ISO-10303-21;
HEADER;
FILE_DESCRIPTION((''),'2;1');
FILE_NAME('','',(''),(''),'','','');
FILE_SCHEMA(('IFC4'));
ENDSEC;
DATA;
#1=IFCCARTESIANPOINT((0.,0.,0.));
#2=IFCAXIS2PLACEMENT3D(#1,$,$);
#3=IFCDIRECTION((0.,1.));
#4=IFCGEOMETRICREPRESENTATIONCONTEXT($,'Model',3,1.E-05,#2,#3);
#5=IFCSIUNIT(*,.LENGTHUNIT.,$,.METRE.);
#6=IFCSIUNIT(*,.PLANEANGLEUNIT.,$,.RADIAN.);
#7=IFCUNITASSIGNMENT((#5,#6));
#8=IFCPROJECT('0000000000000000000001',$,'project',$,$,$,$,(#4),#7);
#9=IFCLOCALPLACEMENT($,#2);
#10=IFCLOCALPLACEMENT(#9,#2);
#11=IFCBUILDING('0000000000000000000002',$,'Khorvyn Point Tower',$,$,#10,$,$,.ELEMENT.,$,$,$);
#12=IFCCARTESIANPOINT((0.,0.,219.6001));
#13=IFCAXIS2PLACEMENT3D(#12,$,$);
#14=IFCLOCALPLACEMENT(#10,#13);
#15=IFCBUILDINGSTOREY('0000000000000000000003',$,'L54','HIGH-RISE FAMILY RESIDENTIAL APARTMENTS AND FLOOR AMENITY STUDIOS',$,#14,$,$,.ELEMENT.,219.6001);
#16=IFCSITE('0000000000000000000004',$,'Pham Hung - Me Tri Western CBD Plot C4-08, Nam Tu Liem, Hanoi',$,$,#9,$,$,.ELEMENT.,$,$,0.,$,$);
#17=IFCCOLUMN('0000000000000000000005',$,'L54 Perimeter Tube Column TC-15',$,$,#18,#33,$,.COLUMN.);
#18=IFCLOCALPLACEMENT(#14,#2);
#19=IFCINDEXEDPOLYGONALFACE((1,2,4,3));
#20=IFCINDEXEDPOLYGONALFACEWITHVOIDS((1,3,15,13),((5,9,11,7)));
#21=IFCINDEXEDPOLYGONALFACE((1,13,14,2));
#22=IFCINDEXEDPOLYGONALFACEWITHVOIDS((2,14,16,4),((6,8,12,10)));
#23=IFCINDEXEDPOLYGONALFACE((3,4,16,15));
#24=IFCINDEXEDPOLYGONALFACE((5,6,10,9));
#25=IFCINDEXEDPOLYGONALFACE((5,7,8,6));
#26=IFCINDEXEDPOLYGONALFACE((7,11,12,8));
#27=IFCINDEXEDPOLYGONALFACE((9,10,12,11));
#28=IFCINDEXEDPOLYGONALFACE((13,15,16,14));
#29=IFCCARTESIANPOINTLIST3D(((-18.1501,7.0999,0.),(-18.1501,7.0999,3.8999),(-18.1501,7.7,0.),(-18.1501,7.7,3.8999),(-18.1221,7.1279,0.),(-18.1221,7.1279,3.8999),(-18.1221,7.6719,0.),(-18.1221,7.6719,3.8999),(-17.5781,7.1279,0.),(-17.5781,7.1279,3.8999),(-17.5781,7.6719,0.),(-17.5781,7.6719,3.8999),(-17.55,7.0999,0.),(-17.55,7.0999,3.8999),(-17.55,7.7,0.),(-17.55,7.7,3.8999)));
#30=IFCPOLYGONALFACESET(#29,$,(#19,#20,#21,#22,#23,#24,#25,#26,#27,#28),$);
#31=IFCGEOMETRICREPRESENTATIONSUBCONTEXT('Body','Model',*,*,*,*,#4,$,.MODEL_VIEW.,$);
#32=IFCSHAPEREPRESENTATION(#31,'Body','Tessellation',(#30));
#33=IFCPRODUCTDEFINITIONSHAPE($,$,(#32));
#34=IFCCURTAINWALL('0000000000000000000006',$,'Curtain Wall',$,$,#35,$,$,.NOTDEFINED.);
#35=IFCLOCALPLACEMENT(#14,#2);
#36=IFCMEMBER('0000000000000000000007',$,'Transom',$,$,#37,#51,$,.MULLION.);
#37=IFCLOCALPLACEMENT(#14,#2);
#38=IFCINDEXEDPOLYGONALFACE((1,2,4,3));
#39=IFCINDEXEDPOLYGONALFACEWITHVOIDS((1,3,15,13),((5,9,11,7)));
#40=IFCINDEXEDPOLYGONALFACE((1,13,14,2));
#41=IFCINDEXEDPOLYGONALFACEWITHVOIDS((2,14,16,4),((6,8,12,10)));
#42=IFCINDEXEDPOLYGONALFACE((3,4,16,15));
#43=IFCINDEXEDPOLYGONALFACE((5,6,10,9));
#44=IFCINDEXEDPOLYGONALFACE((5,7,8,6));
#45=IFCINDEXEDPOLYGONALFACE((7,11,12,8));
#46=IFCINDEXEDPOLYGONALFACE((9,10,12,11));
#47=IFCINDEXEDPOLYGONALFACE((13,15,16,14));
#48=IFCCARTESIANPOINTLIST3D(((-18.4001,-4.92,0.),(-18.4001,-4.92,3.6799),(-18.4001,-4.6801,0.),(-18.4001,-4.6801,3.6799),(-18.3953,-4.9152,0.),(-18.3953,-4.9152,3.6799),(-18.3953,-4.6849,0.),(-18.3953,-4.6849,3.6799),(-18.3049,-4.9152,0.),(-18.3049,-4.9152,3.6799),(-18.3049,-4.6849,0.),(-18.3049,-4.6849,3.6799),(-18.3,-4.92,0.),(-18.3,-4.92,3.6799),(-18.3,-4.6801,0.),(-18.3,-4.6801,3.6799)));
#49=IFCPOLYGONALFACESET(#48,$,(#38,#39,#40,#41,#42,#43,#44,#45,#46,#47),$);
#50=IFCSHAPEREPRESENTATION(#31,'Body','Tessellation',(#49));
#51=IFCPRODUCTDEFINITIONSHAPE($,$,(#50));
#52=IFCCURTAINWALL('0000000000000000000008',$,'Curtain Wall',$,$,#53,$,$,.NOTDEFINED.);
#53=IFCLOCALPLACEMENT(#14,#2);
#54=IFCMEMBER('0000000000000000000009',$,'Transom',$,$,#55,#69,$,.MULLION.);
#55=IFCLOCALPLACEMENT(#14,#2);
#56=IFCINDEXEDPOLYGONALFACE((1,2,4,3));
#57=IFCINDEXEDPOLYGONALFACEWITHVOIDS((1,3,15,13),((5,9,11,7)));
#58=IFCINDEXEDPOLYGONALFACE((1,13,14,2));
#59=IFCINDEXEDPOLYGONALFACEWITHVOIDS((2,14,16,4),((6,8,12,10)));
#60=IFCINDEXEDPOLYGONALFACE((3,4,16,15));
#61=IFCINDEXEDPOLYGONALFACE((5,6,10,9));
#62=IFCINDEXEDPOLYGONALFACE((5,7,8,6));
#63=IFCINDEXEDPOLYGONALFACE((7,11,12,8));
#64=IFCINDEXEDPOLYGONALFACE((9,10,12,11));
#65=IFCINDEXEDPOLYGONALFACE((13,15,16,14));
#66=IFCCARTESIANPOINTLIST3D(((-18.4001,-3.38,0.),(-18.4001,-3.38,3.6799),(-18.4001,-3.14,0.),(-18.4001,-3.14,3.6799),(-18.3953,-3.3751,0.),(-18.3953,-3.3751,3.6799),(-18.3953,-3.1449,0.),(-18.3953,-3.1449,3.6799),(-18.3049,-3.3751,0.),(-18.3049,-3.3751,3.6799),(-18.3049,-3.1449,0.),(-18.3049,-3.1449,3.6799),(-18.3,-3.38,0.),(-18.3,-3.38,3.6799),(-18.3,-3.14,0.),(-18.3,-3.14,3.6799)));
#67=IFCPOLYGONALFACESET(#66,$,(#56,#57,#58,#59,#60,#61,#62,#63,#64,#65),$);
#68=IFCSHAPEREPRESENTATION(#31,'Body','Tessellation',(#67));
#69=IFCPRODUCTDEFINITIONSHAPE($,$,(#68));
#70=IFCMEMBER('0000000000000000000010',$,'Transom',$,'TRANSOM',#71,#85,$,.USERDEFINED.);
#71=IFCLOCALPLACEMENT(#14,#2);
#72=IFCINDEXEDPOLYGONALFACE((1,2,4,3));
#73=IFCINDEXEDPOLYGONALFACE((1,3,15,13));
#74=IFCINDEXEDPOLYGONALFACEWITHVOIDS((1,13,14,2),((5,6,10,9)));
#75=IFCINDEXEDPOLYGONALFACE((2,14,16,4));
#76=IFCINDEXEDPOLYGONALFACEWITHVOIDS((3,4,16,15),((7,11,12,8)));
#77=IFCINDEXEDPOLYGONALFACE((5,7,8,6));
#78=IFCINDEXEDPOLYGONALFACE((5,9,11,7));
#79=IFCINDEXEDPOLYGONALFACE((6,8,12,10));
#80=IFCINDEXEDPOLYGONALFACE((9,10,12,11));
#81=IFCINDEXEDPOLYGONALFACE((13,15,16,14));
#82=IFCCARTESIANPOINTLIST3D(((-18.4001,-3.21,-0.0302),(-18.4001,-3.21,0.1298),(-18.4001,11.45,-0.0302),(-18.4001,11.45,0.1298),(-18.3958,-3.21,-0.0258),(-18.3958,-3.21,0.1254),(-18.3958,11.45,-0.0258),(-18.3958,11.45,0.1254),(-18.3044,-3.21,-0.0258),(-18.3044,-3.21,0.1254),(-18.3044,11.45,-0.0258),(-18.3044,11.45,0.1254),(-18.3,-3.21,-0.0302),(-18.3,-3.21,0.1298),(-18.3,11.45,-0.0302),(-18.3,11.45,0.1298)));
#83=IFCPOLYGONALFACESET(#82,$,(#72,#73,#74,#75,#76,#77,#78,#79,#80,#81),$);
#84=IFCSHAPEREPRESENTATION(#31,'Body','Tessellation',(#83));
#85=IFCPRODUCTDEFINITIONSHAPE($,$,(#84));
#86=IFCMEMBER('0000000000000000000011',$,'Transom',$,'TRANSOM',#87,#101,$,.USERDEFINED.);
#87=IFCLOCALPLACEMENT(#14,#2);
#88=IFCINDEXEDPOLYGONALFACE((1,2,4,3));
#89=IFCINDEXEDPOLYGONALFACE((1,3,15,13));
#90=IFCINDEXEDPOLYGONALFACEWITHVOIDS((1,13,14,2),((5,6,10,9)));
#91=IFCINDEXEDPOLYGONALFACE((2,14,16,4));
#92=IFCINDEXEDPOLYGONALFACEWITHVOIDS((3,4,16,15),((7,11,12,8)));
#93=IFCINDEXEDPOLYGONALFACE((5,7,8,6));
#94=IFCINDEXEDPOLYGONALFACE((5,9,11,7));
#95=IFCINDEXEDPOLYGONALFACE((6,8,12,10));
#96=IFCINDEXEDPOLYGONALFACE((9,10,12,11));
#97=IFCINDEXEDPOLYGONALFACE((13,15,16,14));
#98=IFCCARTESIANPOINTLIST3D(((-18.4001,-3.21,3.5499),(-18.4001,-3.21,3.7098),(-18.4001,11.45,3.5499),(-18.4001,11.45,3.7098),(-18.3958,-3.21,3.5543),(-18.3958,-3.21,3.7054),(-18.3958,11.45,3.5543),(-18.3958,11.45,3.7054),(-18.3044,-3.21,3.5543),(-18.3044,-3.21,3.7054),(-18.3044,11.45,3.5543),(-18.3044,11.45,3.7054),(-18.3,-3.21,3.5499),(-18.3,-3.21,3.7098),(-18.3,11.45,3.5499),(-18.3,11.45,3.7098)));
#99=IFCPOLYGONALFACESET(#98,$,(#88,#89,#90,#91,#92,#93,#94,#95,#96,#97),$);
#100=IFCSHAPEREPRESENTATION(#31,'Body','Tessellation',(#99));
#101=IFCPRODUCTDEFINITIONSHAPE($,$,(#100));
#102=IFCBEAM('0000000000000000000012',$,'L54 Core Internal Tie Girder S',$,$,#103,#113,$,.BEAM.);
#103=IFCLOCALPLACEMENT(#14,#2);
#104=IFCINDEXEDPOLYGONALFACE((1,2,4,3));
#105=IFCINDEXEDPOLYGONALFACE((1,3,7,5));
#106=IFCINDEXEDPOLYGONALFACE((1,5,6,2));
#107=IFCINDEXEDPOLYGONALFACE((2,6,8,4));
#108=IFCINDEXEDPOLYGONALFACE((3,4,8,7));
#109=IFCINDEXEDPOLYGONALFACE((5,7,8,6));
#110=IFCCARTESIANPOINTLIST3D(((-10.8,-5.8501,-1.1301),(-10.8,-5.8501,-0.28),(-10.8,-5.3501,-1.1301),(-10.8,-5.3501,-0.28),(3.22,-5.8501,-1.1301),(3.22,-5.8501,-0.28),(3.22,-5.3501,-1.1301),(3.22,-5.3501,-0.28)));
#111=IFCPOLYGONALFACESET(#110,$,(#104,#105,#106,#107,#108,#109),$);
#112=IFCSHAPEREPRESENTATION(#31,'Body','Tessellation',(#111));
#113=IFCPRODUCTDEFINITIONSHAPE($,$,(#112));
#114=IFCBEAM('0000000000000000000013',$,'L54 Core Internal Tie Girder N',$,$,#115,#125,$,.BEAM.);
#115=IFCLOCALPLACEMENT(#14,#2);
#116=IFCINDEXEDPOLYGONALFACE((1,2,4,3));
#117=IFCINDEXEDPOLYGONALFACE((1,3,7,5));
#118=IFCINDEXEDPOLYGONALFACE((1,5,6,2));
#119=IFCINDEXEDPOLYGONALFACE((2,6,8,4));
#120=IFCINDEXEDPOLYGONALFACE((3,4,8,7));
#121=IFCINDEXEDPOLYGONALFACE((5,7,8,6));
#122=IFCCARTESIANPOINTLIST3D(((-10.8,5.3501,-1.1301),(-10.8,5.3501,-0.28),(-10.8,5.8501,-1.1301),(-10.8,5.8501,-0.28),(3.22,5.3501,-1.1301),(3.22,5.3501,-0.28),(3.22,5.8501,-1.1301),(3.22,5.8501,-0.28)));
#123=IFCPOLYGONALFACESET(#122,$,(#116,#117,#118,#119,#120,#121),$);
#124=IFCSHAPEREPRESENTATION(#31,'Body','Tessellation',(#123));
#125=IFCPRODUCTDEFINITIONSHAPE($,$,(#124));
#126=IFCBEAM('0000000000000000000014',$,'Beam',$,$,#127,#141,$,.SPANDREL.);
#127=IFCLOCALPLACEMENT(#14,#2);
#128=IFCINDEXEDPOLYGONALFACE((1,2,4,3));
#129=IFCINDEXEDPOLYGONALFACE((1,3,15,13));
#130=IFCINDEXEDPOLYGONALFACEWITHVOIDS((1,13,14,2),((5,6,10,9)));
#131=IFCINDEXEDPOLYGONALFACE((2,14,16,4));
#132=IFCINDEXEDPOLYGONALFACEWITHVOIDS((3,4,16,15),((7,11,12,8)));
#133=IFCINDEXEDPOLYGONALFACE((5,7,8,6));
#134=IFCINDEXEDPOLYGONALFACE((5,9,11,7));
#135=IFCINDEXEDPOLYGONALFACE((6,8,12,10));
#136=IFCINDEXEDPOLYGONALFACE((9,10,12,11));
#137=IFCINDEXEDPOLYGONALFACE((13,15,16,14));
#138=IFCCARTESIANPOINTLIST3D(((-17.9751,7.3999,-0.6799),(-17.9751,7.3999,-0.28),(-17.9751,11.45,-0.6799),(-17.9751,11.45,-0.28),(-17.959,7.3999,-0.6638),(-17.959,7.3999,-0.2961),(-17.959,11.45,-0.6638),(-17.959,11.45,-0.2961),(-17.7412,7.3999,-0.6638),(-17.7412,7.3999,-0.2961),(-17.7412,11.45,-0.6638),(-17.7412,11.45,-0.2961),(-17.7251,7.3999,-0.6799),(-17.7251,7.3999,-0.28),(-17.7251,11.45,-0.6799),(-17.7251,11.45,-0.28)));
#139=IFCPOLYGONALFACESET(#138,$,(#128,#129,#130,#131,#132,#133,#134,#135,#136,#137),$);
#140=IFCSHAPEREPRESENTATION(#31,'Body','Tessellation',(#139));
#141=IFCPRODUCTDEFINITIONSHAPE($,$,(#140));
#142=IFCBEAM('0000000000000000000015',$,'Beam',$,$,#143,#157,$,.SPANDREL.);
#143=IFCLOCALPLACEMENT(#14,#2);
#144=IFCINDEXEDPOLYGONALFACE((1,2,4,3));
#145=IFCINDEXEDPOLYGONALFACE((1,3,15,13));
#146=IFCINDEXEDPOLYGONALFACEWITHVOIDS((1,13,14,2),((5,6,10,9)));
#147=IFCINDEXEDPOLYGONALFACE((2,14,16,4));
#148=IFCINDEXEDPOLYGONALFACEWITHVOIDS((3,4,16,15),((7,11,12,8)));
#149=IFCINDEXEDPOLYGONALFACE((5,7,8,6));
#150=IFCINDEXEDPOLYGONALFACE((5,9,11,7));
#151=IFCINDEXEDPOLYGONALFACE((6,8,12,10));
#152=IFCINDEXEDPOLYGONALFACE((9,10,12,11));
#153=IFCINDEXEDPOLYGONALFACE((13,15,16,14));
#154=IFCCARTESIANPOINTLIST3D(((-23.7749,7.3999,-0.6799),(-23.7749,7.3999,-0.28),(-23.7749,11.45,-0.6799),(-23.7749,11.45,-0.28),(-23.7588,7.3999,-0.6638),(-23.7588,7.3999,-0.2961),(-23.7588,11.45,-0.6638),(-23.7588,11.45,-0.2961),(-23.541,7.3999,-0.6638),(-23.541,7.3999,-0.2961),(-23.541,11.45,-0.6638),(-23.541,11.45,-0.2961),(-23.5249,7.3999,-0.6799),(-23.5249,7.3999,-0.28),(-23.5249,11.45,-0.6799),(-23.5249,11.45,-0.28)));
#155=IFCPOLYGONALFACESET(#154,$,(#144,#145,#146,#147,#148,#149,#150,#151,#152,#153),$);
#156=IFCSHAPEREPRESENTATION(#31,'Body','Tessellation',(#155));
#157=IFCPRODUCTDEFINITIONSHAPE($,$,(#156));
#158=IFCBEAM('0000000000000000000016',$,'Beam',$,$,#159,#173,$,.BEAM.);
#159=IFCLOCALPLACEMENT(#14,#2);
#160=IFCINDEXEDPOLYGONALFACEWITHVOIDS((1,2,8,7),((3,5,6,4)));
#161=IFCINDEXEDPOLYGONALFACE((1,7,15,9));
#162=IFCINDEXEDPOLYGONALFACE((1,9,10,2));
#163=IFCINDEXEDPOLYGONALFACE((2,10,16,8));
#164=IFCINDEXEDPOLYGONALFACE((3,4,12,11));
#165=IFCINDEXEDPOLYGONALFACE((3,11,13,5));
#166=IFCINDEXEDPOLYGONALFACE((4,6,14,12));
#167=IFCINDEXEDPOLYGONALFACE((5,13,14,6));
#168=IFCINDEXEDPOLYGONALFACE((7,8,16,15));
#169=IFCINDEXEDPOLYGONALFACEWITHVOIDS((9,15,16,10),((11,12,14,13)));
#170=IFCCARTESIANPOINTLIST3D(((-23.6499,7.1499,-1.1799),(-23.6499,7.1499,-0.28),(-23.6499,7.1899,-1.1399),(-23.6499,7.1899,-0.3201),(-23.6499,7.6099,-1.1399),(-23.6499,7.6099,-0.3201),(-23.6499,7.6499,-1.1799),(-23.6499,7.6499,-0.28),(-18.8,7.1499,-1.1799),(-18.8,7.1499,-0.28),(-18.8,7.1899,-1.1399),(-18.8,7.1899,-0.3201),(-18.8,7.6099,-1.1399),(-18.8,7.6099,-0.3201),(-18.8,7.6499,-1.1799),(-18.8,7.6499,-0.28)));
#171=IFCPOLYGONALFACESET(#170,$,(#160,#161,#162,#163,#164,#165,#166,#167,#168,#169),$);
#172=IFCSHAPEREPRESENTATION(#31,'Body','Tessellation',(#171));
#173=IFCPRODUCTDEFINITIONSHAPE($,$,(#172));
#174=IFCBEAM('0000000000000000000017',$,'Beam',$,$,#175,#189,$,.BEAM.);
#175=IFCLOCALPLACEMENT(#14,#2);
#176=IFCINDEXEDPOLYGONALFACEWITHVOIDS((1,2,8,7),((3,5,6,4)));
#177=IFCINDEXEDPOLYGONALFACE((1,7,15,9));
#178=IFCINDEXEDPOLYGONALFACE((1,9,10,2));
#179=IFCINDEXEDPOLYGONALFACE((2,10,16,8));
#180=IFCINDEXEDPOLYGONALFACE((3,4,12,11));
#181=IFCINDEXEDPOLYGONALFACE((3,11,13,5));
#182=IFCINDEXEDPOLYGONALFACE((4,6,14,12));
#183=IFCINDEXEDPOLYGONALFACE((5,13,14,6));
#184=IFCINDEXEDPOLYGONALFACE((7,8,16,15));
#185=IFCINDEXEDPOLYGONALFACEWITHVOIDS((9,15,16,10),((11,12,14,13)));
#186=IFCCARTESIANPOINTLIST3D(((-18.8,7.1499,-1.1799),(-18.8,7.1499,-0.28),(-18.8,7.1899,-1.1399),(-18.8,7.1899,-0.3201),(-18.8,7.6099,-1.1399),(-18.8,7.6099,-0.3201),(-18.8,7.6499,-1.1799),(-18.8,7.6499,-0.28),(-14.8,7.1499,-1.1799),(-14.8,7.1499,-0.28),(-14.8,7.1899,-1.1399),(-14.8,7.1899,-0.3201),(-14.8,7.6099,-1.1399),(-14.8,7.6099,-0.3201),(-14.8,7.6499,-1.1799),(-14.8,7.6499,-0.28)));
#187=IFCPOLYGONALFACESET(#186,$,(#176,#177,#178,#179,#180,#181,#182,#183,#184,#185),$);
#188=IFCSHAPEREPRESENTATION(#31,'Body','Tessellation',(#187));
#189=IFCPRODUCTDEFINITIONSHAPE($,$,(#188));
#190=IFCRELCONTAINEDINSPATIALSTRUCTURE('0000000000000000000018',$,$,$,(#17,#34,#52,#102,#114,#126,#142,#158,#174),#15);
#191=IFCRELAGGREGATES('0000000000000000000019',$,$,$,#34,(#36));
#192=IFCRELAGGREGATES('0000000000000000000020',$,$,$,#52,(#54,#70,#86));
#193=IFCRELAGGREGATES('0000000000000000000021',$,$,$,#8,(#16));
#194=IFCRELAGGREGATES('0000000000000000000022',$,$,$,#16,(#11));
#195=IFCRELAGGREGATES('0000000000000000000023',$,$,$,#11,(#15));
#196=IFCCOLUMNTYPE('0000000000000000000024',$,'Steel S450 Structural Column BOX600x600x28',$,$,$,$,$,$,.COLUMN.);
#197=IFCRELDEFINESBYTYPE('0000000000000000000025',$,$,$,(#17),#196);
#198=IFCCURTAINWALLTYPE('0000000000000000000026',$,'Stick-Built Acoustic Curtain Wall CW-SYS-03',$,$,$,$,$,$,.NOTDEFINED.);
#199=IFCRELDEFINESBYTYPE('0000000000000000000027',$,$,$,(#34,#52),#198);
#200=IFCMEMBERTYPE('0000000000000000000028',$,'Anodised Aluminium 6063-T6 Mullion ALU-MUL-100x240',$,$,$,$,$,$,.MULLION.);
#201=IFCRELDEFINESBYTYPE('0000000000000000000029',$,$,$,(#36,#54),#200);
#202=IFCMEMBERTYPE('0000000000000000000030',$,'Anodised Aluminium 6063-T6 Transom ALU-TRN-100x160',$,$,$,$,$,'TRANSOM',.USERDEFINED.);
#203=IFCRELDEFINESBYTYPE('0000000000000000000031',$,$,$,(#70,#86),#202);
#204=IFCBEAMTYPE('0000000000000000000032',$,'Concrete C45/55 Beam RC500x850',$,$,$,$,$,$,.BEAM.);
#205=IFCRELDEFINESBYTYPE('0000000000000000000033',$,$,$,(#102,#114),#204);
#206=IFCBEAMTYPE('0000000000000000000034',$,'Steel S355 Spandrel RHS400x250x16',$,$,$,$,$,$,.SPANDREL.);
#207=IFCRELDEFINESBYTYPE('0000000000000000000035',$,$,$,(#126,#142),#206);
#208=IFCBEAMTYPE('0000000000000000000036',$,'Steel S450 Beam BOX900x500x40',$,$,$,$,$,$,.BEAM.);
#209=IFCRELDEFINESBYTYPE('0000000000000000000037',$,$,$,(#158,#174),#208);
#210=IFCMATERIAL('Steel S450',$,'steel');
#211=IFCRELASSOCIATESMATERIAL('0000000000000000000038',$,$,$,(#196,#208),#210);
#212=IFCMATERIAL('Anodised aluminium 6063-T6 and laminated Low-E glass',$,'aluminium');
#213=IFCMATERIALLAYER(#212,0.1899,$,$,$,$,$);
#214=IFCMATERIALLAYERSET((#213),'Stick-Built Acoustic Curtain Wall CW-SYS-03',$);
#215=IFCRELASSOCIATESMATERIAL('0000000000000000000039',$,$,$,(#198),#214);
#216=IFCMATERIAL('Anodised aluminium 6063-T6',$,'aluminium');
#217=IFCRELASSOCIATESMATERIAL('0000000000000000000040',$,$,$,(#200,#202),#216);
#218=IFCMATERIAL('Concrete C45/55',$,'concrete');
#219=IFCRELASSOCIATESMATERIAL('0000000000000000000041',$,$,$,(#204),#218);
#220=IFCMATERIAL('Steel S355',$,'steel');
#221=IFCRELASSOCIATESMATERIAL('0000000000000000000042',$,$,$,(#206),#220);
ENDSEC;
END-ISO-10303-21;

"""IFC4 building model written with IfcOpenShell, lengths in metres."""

from ifc_helpers import new_model, si_unit, direction, frame, origin, origin_2d, place, context, subcontext, project, spatial, rectangle, hollow_rectangle, extrude, material, layer, layer_set, material_profile, profile_set, type_object, element, aggregate, save


model = new_model("IFC4")

# Units and contexts
model_context = context("Model", 3, precision=1e-05, world=origin(), true_north=direction((0.0, 1.0)))
body_context = subcontext(model_context, "Body", "Model", "MODEL_VIEW")
ifc_project = project(units=[si_unit("LENGTHUNIT", "METRE"), si_unit("PLANEANGLEUNIT", "RADIAN")], contexts=[model_context])

# Site, building, storey
site_placement = place(None, origin())
site = spatial("IfcSite", under=ifc_project, at=site_placement, Name="Pham Hung - Me Tri Western CBD Plot C4-08, Nam Tu Liem, Hanoi", CompositionType="ELEMENT", RefElevation=0.0)
building_placement = place(site_placement, origin())
building = spatial("IfcBuilding", under=site, at=building_placement, Name="Khorvyn Point Tower", CompositionType="ELEMENT")
storey_placement = place(building_placement, frame((0.0, 0.0, 219.6001)))
storey = spatial("IfcBuildingStorey", under=building, at=storey_placement, Name="L54", Description="HIGH-RISE FAMILY RESIDENTIAL APARTMENTS AND FLOOR AMENITY STUDIOS", CompositionType="ELEMENT", Elevation=219.6001)

# Column
ifc_material_1 = material(Name="Steel S450", Category="steel")
ifc_material_profile_1 = material_profile(ifc_material_1, hollow_rectangle(XDim=0.6001, YDim=0.6001, WallThickness=0.0281, at=origin_2d()))
ifc_profile_set_1 = profile_set([ifc_material_profile_1], Name="Steel S450 BOX600x600x28")
column_type = type_object("IfcColumnType", Name="Steel S450 Structural Column BOX600x600x28", PredefinedType="COLUMN", material=ifc_profile_set_1)
column_placement = place(storey_placement, frame((-17.8501, 7.3999, 0.0), z_axis=(0.0, 0.0, 1.0), x_axis=(1.0, 0.0, 0.0)))
element("IfcColumn", 1, at=column_placement, inside=storey, type_object=column_type, Name="L54 Perimeter Tube Column TC-15", PredefinedType="COLUMN", context=body_context, shape_type="SweptSolid", body=[
    extrude(hollow_rectangle(XDim=0.6001, YDim=0.6001, WallThickness=0.0281, at=origin_2d()), origin(), (0.0, 0.0, 1.0), 3.8999),
])

# Curtain wall, member
ifc_material_2 = material(Name="Anodised aluminium 6063-T6 and laminated Low-E glass", Category="aluminium")
ifc_layer_1 = layer(ifc_material_2, 0.1899)
ifc_layer_set_1 = layer_set([ifc_layer_1], Name="Stick-Built Acoustic Curtain Wall CW-SYS-03")
curtain_wall_type = type_object("IfcCurtainWallType", Name="Stick-Built Acoustic Curtain Wall CW-SYS-03", PredefinedType="NOTDEFINED", material=ifc_layer_set_1)
curtain_wall_1_placement = place(storey_placement, origin())
curtain_wall_1 = element("IfcCurtainWall", 2, at=curtain_wall_1_placement, inside=storey, type_object=curtain_wall_type, Name="Curtain Wall", PredefinedType="NOTDEFINED")
ifc_material_3 = material(Name="Anodised aluminium 6063-T6", Category="aluminium")
ifc_material_profile_2 = material_profile(ifc_material_3, hollow_rectangle(XDim=0.1001, YDim=0.24, WallThickness=0.0049, at=origin_2d()))
ifc_profile_set_2 = profile_set([ifc_material_profile_2], Name="Anodised aluminium 6063-T6 ALU-MUL-100x240")
member_type_1 = type_object("IfcMemberType", Name="Anodised Aluminium 6063-T6 Mullion ALU-MUL-100x240", PredefinedType="MULLION", material=ifc_profile_set_2)
member_1_placement = place(storey_placement, frame((-18.3501, -4.8, 0.0), z_axis=(0.0, 0.0, 1.0), x_axis=(-1.0, 0.0, 0.0)))
member_1 = element("IfcMember", 3, at=member_1_placement, type_object=member_type_1, Name="Transom", PredefinedType="MULLION", context=body_context, shape_type="SweptSolid", body=[
    extrude(hollow_rectangle(XDim=0.1001, YDim=0.24, WallThickness=0.0049, at=origin_2d()), origin(), (0.0, 0.0, 1.0), 3.6799),
])
aggregate(curtain_wall_1, [member_1])

# Curtain wall, members
curtain_wall_2_placement = place(storey_placement, origin())
curtain_wall_2 = element("IfcCurtainWall", 4, at=curtain_wall_2_placement, inside=storey, type_object=curtain_wall_type, Name="Curtain Wall", PredefinedType="NOTDEFINED")
member_2_placement = place(storey_placement, frame((-18.3501, -3.26, 0.0), z_axis=(0.0, 0.0, 1.0), x_axis=(-1.0, 0.0, 0.0)))
member_2 = element("IfcMember", 5, at=member_2_placement, type_object=member_type_1, Name="Transom", PredefinedType="MULLION", context=body_context, shape_type="SweptSolid", body=[
    extrude(hollow_rectangle(XDim=0.1001, YDim=0.24, WallThickness=0.0049, at=origin_2d()), origin(), (0.0, 0.0, 1.0), 3.6799),
])
ifc_material_profile_3 = material_profile(ifc_material_3, hollow_rectangle(XDim=0.1001, YDim=0.1599, WallThickness=0.0044, at=origin_2d()))
ifc_profile_set_3 = profile_set([ifc_material_profile_3], Name="Anodised aluminium 6063-T6 ALU-TRN-100x160")
member_type_2 = type_object("IfcMemberType", Name="Anodised Aluminium 6063-T6 Transom ALU-TRN-100x160", ElementType="TRANSOM", PredefinedType="USERDEFINED", material=ifc_profile_set_3)
member_3_placement = place(storey_placement, frame((-18.3501, -3.21, 0.0498), z_axis=(0.0, 1.0, 0.0), x_axis=(-1.0, 0.0, 0.0)))
member_3 = element("IfcMember", 6, at=member_3_placement, type_object=member_type_2, Name="Transom", ObjectType="TRANSOM", PredefinedType="USERDEFINED", context=body_context, shape_type="SweptSolid", body=[
    extrude(hollow_rectangle(XDim=0.1001, YDim=0.1599, WallThickness=0.0044, at=origin_2d()), origin(), (0.0, 0.0, 1.0), 14.6599),
])
member_4_placement = place(storey_placement, frame((-18.3501, -3.21, 3.6299), z_axis=(0.0, 1.0, 0.0), x_axis=(-1.0, 0.0, 0.0)))
member_4 = element("IfcMember", 7, at=member_4_placement, type_object=member_type_2, Name="Transom", ObjectType="TRANSOM", PredefinedType="USERDEFINED", context=body_context, shape_type="SweptSolid", body=[
    extrude(hollow_rectangle(XDim=0.1001, YDim=0.1599, WallThickness=0.0044, at=origin_2d()), origin(), (0.0, 0.0, 1.0), 14.6599),
])

# Beams
ifc_material_4 = material(Name="Concrete C45/55", Category="concrete")
ifc_material_profile_4 = material_profile(ifc_material_4, rectangle(XDim=0.5, YDim=0.8501, at=origin_2d()))
ifc_profile_set_4 = profile_set([ifc_material_profile_4], Name="Concrete C45/55 RC500x850")
beam_type_1 = type_object("IfcBeamType", Name="Concrete C45/55 Beam RC500x850", PredefinedType="BEAM", material=ifc_profile_set_4)
for number, where, z_axis, x_axis, name in (
    (8, (-10.8, -5.6001, -0.7051), (1.0, 0.0, 0.0), (0.0, 1.0, 0.0), "L54 Core Internal Tie Girder S"),
    (9, (-10.8, 5.6001, -0.7051), (1.0, 0.0, 0.0), (0.0, 1.0, 0.0), "L54 Core Internal Tie Girder N"),
):
    element("IfcBeam", number, at=place(storey_placement, frame(where, z_axis=z_axis, x_axis=x_axis)), inside=storey, type_object=beam_type_1, Name=name, PredefinedType="BEAM", context=body_context, shape_type="SweptSolid", body=[
        extrude(rectangle(XDim=0.5, YDim=0.8501, at=origin_2d()), origin(), (0.0, 0.0, 1.0), 14.02),
    ])
ifc_material_5 = material(Name="Steel S355", Category="steel")
ifc_material_profile_5 = material_profile(ifc_material_5, hollow_rectangle(XDim=0.25, YDim=0.3999, WallThickness=0.0161, at=origin_2d()))
ifc_profile_set_5 = profile_set([ifc_material_profile_5], Name="Steel S355 RHS400x250x16")
beam_type_2 = type_object("IfcBeamType", Name="Steel S355 Spandrel RHS400x250x16", PredefinedType="SPANDREL", material=ifc_profile_set_5)
for number, where, z_axis, x_axis, name in (
    (10, (-17.8501, 7.3999, -0.48), (0.0, 1.0, 0.0), (-1.0, 0.0, 0.0), "Beam"),
    (11, (-23.6499, 7.3999, -0.48), (0.0, 1.0, 0.0), (-1.0, 0.0, 0.0), "Beam"),
):
    element("IfcBeam", number, at=place(storey_placement, frame(where, z_axis=z_axis, x_axis=x_axis)), inside=storey, type_object=beam_type_2, Name=name, PredefinedType="SPANDREL", context=body_context, shape_type="SweptSolid", body=[
        extrude(hollow_rectangle(XDim=0.25, YDim=0.3999, WallThickness=0.0161, at=origin_2d()), origin(), (0.0, 0.0, 1.0), 4.05),
    ])
ifc_material_profile_6 = material_profile(ifc_material_1, hollow_rectangle(XDim=0.5, YDim=0.8999, WallThickness=0.04, at=origin_2d()))
ifc_profile_set_6 = profile_set([ifc_material_profile_6], Name="Steel S450 BOX900x500x40")
beam_type_3 = type_object("IfcBeamType", Name="Steel S450 Beam BOX900x500x40", PredefinedType="BEAM", material=ifc_profile_set_6)
beam_1_placement = place(storey_placement, frame((-23.6499, 7.3999, -0.73), z_axis=(1.0, 0.0, 0.0), x_axis=(0.0, 1.0, 0.0)))
element("IfcBeam", 12, at=beam_1_placement, inside=storey, type_object=beam_type_3, Name="Beam", PredefinedType="BEAM", context=body_context, shape_type="SweptSolid", body=[
    extrude(hollow_rectangle(XDim=0.5, YDim=0.8999, WallThickness=0.04, at=origin_2d()), origin(), (0.0, 0.0, 1.0), 4.8499),
])
beam_2_placement = place(storey_placement, frame((-18.8, 7.3999, -0.73), z_axis=(1.0, 0.0, 0.0), x_axis=(0.0, 1.0, 0.0)))
element("IfcBeam", 13, at=beam_2_placement, inside=storey, type_object=beam_type_3, Name="Beam", PredefinedType="BEAM", context=body_context, shape_type="SweptSolid", body=[
    extrude(hollow_rectangle(XDim=0.5, YDim=0.8999, WallThickness=0.04, at=origin_2d()), origin(), (0.0, 0.0, 1.0), 4.0),
])

aggregate(curtain_wall_2, [member_2, member_3, member_4])

save(model, "model.ifc")
